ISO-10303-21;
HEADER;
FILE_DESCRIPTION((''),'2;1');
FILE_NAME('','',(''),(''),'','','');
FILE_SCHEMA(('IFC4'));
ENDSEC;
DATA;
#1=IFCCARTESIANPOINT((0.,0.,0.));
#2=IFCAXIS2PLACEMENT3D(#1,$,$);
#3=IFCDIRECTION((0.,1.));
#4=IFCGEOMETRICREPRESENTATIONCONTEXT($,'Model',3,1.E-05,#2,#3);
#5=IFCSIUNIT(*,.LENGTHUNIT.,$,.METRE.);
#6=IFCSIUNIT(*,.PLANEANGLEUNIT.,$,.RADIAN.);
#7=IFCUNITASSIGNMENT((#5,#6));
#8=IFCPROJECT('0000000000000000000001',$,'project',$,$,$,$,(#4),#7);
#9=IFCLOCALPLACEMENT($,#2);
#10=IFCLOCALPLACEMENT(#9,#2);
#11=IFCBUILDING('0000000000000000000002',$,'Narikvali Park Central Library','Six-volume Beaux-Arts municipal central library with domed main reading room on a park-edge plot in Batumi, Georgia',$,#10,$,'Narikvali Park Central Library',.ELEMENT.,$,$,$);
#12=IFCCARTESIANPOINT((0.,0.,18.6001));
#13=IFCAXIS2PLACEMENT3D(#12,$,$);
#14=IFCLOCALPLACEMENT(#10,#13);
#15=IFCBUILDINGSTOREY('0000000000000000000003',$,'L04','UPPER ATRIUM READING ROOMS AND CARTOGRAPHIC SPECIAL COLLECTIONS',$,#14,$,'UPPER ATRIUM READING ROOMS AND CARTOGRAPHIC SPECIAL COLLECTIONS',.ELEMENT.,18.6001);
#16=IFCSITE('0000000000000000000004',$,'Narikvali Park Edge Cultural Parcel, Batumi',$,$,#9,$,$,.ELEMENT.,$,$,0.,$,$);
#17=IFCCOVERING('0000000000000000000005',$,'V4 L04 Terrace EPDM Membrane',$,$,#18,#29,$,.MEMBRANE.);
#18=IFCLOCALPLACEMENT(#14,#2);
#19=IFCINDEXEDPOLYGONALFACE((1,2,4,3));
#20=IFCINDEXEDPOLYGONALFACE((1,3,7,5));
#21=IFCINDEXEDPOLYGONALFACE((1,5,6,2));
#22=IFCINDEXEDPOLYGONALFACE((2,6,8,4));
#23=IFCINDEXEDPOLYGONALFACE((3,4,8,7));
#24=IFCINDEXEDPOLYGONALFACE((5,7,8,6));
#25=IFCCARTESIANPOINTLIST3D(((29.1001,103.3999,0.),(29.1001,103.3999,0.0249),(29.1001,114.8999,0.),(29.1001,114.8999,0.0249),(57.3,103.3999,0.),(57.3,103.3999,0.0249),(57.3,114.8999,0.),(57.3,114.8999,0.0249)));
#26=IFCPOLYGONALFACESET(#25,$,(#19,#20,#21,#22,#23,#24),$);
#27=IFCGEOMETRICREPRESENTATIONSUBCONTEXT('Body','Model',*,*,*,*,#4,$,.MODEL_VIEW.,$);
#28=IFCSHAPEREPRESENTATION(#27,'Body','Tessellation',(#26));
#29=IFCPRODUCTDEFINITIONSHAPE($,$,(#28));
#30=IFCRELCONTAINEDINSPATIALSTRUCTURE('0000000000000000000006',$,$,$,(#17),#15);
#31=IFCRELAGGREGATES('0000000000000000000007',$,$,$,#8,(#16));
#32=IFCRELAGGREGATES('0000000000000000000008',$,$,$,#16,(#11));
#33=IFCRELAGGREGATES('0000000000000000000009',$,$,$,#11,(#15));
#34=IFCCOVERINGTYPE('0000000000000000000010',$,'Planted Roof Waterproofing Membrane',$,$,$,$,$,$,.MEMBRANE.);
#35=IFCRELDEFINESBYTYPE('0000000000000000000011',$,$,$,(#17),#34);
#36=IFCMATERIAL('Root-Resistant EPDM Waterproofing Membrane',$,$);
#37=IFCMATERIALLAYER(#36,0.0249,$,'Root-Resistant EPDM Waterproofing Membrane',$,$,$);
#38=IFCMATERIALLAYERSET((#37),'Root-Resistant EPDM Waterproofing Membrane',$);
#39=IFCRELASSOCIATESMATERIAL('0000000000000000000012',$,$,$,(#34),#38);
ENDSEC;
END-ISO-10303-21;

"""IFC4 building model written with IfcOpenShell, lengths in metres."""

from ifc_helpers import new_model, si_unit, direction, frame, origin, place, context, subcontext, project, spatial, polyline, outline, extrude, material, layer, layer_set, type_object, element, save


model = new_model("IFC4")

# Units and contexts
model_context = context("Model", 3, precision=1e-05, world=origin(), true_north=direction((0.0, 1.0)))
body_context = subcontext(model_context, "Body", "Model", "MODEL_VIEW")
ifc_project = project(units=[si_unit("LENGTHUNIT", "METRE"), si_unit("PLANEANGLEUNIT", "RADIAN")], contexts=[model_context])

# Site, building, storey
site_placement = place(None, origin())
site = spatial("IfcSite", under=ifc_project, at=site_placement, Name="Narikvali Park Edge Cultural Parcel, Batumi", CompositionType="ELEMENT", RefElevation=0.0)
building_placement = place(site_placement, origin())
building = spatial("IfcBuilding", under=site, at=building_placement, Name="Narikvali Park Central Library", Description="Six-volume Beaux-Arts municipal central library with domed main reading room on a park-edge plot in Batumi, Georgia", LongName="Narikvali Park Central Library", CompositionType="ELEMENT")
storey_placement = place(building_placement, frame((0.0, 0.0, 18.6001)))
storey = spatial("IfcBuildingStorey", under=building, at=storey_placement, Name="L04", Description="UPPER ATRIUM READING ROOMS AND CARTOGRAPHIC SPECIAL COLLECTIONS", LongName="UPPER ATRIUM READING ROOMS AND CARTOGRAPHIC SPECIAL COLLECTIONS", CompositionType="ELEMENT", Elevation=18.6001)

# Covering
ifc_material_1 = material(Name="Root-Resistant EPDM Waterproofing Membrane")
ifc_layer_1 = layer(ifc_material_1, 0.0249, Name="Root-Resistant EPDM Waterproofing Membrane")
ifc_layer_set_1 = layer_set([ifc_layer_1], Name="Root-Resistant EPDM Waterproofing Membrane")
covering_type_1 = type_object("IfcCoveringType", Name="Planted Roof Waterproofing Membrane", PredefinedType="MEMBRANE", material=ifc_layer_set_1)
covering_1_placement = place(storey_placement, origin())
element("IfcCovering", 1, at=covering_1_placement, inside=storey, type_object=covering_type_1, Name="V4 L04 Terrace EPDM Membrane", PredefinedType="MEMBRANE", context=body_context, shape_type="SweptSolid", body=[
    extrude(outline(polyline([(29.1001, 103.3999), (57.3, 103.3999), (57.3, 114.8999), (29.1001, 114.8999), (29.1001, 103.3999)])), origin(), (0.0, 0.0, 1.0), 0.0249),
])

save(model, "model.ifc")
